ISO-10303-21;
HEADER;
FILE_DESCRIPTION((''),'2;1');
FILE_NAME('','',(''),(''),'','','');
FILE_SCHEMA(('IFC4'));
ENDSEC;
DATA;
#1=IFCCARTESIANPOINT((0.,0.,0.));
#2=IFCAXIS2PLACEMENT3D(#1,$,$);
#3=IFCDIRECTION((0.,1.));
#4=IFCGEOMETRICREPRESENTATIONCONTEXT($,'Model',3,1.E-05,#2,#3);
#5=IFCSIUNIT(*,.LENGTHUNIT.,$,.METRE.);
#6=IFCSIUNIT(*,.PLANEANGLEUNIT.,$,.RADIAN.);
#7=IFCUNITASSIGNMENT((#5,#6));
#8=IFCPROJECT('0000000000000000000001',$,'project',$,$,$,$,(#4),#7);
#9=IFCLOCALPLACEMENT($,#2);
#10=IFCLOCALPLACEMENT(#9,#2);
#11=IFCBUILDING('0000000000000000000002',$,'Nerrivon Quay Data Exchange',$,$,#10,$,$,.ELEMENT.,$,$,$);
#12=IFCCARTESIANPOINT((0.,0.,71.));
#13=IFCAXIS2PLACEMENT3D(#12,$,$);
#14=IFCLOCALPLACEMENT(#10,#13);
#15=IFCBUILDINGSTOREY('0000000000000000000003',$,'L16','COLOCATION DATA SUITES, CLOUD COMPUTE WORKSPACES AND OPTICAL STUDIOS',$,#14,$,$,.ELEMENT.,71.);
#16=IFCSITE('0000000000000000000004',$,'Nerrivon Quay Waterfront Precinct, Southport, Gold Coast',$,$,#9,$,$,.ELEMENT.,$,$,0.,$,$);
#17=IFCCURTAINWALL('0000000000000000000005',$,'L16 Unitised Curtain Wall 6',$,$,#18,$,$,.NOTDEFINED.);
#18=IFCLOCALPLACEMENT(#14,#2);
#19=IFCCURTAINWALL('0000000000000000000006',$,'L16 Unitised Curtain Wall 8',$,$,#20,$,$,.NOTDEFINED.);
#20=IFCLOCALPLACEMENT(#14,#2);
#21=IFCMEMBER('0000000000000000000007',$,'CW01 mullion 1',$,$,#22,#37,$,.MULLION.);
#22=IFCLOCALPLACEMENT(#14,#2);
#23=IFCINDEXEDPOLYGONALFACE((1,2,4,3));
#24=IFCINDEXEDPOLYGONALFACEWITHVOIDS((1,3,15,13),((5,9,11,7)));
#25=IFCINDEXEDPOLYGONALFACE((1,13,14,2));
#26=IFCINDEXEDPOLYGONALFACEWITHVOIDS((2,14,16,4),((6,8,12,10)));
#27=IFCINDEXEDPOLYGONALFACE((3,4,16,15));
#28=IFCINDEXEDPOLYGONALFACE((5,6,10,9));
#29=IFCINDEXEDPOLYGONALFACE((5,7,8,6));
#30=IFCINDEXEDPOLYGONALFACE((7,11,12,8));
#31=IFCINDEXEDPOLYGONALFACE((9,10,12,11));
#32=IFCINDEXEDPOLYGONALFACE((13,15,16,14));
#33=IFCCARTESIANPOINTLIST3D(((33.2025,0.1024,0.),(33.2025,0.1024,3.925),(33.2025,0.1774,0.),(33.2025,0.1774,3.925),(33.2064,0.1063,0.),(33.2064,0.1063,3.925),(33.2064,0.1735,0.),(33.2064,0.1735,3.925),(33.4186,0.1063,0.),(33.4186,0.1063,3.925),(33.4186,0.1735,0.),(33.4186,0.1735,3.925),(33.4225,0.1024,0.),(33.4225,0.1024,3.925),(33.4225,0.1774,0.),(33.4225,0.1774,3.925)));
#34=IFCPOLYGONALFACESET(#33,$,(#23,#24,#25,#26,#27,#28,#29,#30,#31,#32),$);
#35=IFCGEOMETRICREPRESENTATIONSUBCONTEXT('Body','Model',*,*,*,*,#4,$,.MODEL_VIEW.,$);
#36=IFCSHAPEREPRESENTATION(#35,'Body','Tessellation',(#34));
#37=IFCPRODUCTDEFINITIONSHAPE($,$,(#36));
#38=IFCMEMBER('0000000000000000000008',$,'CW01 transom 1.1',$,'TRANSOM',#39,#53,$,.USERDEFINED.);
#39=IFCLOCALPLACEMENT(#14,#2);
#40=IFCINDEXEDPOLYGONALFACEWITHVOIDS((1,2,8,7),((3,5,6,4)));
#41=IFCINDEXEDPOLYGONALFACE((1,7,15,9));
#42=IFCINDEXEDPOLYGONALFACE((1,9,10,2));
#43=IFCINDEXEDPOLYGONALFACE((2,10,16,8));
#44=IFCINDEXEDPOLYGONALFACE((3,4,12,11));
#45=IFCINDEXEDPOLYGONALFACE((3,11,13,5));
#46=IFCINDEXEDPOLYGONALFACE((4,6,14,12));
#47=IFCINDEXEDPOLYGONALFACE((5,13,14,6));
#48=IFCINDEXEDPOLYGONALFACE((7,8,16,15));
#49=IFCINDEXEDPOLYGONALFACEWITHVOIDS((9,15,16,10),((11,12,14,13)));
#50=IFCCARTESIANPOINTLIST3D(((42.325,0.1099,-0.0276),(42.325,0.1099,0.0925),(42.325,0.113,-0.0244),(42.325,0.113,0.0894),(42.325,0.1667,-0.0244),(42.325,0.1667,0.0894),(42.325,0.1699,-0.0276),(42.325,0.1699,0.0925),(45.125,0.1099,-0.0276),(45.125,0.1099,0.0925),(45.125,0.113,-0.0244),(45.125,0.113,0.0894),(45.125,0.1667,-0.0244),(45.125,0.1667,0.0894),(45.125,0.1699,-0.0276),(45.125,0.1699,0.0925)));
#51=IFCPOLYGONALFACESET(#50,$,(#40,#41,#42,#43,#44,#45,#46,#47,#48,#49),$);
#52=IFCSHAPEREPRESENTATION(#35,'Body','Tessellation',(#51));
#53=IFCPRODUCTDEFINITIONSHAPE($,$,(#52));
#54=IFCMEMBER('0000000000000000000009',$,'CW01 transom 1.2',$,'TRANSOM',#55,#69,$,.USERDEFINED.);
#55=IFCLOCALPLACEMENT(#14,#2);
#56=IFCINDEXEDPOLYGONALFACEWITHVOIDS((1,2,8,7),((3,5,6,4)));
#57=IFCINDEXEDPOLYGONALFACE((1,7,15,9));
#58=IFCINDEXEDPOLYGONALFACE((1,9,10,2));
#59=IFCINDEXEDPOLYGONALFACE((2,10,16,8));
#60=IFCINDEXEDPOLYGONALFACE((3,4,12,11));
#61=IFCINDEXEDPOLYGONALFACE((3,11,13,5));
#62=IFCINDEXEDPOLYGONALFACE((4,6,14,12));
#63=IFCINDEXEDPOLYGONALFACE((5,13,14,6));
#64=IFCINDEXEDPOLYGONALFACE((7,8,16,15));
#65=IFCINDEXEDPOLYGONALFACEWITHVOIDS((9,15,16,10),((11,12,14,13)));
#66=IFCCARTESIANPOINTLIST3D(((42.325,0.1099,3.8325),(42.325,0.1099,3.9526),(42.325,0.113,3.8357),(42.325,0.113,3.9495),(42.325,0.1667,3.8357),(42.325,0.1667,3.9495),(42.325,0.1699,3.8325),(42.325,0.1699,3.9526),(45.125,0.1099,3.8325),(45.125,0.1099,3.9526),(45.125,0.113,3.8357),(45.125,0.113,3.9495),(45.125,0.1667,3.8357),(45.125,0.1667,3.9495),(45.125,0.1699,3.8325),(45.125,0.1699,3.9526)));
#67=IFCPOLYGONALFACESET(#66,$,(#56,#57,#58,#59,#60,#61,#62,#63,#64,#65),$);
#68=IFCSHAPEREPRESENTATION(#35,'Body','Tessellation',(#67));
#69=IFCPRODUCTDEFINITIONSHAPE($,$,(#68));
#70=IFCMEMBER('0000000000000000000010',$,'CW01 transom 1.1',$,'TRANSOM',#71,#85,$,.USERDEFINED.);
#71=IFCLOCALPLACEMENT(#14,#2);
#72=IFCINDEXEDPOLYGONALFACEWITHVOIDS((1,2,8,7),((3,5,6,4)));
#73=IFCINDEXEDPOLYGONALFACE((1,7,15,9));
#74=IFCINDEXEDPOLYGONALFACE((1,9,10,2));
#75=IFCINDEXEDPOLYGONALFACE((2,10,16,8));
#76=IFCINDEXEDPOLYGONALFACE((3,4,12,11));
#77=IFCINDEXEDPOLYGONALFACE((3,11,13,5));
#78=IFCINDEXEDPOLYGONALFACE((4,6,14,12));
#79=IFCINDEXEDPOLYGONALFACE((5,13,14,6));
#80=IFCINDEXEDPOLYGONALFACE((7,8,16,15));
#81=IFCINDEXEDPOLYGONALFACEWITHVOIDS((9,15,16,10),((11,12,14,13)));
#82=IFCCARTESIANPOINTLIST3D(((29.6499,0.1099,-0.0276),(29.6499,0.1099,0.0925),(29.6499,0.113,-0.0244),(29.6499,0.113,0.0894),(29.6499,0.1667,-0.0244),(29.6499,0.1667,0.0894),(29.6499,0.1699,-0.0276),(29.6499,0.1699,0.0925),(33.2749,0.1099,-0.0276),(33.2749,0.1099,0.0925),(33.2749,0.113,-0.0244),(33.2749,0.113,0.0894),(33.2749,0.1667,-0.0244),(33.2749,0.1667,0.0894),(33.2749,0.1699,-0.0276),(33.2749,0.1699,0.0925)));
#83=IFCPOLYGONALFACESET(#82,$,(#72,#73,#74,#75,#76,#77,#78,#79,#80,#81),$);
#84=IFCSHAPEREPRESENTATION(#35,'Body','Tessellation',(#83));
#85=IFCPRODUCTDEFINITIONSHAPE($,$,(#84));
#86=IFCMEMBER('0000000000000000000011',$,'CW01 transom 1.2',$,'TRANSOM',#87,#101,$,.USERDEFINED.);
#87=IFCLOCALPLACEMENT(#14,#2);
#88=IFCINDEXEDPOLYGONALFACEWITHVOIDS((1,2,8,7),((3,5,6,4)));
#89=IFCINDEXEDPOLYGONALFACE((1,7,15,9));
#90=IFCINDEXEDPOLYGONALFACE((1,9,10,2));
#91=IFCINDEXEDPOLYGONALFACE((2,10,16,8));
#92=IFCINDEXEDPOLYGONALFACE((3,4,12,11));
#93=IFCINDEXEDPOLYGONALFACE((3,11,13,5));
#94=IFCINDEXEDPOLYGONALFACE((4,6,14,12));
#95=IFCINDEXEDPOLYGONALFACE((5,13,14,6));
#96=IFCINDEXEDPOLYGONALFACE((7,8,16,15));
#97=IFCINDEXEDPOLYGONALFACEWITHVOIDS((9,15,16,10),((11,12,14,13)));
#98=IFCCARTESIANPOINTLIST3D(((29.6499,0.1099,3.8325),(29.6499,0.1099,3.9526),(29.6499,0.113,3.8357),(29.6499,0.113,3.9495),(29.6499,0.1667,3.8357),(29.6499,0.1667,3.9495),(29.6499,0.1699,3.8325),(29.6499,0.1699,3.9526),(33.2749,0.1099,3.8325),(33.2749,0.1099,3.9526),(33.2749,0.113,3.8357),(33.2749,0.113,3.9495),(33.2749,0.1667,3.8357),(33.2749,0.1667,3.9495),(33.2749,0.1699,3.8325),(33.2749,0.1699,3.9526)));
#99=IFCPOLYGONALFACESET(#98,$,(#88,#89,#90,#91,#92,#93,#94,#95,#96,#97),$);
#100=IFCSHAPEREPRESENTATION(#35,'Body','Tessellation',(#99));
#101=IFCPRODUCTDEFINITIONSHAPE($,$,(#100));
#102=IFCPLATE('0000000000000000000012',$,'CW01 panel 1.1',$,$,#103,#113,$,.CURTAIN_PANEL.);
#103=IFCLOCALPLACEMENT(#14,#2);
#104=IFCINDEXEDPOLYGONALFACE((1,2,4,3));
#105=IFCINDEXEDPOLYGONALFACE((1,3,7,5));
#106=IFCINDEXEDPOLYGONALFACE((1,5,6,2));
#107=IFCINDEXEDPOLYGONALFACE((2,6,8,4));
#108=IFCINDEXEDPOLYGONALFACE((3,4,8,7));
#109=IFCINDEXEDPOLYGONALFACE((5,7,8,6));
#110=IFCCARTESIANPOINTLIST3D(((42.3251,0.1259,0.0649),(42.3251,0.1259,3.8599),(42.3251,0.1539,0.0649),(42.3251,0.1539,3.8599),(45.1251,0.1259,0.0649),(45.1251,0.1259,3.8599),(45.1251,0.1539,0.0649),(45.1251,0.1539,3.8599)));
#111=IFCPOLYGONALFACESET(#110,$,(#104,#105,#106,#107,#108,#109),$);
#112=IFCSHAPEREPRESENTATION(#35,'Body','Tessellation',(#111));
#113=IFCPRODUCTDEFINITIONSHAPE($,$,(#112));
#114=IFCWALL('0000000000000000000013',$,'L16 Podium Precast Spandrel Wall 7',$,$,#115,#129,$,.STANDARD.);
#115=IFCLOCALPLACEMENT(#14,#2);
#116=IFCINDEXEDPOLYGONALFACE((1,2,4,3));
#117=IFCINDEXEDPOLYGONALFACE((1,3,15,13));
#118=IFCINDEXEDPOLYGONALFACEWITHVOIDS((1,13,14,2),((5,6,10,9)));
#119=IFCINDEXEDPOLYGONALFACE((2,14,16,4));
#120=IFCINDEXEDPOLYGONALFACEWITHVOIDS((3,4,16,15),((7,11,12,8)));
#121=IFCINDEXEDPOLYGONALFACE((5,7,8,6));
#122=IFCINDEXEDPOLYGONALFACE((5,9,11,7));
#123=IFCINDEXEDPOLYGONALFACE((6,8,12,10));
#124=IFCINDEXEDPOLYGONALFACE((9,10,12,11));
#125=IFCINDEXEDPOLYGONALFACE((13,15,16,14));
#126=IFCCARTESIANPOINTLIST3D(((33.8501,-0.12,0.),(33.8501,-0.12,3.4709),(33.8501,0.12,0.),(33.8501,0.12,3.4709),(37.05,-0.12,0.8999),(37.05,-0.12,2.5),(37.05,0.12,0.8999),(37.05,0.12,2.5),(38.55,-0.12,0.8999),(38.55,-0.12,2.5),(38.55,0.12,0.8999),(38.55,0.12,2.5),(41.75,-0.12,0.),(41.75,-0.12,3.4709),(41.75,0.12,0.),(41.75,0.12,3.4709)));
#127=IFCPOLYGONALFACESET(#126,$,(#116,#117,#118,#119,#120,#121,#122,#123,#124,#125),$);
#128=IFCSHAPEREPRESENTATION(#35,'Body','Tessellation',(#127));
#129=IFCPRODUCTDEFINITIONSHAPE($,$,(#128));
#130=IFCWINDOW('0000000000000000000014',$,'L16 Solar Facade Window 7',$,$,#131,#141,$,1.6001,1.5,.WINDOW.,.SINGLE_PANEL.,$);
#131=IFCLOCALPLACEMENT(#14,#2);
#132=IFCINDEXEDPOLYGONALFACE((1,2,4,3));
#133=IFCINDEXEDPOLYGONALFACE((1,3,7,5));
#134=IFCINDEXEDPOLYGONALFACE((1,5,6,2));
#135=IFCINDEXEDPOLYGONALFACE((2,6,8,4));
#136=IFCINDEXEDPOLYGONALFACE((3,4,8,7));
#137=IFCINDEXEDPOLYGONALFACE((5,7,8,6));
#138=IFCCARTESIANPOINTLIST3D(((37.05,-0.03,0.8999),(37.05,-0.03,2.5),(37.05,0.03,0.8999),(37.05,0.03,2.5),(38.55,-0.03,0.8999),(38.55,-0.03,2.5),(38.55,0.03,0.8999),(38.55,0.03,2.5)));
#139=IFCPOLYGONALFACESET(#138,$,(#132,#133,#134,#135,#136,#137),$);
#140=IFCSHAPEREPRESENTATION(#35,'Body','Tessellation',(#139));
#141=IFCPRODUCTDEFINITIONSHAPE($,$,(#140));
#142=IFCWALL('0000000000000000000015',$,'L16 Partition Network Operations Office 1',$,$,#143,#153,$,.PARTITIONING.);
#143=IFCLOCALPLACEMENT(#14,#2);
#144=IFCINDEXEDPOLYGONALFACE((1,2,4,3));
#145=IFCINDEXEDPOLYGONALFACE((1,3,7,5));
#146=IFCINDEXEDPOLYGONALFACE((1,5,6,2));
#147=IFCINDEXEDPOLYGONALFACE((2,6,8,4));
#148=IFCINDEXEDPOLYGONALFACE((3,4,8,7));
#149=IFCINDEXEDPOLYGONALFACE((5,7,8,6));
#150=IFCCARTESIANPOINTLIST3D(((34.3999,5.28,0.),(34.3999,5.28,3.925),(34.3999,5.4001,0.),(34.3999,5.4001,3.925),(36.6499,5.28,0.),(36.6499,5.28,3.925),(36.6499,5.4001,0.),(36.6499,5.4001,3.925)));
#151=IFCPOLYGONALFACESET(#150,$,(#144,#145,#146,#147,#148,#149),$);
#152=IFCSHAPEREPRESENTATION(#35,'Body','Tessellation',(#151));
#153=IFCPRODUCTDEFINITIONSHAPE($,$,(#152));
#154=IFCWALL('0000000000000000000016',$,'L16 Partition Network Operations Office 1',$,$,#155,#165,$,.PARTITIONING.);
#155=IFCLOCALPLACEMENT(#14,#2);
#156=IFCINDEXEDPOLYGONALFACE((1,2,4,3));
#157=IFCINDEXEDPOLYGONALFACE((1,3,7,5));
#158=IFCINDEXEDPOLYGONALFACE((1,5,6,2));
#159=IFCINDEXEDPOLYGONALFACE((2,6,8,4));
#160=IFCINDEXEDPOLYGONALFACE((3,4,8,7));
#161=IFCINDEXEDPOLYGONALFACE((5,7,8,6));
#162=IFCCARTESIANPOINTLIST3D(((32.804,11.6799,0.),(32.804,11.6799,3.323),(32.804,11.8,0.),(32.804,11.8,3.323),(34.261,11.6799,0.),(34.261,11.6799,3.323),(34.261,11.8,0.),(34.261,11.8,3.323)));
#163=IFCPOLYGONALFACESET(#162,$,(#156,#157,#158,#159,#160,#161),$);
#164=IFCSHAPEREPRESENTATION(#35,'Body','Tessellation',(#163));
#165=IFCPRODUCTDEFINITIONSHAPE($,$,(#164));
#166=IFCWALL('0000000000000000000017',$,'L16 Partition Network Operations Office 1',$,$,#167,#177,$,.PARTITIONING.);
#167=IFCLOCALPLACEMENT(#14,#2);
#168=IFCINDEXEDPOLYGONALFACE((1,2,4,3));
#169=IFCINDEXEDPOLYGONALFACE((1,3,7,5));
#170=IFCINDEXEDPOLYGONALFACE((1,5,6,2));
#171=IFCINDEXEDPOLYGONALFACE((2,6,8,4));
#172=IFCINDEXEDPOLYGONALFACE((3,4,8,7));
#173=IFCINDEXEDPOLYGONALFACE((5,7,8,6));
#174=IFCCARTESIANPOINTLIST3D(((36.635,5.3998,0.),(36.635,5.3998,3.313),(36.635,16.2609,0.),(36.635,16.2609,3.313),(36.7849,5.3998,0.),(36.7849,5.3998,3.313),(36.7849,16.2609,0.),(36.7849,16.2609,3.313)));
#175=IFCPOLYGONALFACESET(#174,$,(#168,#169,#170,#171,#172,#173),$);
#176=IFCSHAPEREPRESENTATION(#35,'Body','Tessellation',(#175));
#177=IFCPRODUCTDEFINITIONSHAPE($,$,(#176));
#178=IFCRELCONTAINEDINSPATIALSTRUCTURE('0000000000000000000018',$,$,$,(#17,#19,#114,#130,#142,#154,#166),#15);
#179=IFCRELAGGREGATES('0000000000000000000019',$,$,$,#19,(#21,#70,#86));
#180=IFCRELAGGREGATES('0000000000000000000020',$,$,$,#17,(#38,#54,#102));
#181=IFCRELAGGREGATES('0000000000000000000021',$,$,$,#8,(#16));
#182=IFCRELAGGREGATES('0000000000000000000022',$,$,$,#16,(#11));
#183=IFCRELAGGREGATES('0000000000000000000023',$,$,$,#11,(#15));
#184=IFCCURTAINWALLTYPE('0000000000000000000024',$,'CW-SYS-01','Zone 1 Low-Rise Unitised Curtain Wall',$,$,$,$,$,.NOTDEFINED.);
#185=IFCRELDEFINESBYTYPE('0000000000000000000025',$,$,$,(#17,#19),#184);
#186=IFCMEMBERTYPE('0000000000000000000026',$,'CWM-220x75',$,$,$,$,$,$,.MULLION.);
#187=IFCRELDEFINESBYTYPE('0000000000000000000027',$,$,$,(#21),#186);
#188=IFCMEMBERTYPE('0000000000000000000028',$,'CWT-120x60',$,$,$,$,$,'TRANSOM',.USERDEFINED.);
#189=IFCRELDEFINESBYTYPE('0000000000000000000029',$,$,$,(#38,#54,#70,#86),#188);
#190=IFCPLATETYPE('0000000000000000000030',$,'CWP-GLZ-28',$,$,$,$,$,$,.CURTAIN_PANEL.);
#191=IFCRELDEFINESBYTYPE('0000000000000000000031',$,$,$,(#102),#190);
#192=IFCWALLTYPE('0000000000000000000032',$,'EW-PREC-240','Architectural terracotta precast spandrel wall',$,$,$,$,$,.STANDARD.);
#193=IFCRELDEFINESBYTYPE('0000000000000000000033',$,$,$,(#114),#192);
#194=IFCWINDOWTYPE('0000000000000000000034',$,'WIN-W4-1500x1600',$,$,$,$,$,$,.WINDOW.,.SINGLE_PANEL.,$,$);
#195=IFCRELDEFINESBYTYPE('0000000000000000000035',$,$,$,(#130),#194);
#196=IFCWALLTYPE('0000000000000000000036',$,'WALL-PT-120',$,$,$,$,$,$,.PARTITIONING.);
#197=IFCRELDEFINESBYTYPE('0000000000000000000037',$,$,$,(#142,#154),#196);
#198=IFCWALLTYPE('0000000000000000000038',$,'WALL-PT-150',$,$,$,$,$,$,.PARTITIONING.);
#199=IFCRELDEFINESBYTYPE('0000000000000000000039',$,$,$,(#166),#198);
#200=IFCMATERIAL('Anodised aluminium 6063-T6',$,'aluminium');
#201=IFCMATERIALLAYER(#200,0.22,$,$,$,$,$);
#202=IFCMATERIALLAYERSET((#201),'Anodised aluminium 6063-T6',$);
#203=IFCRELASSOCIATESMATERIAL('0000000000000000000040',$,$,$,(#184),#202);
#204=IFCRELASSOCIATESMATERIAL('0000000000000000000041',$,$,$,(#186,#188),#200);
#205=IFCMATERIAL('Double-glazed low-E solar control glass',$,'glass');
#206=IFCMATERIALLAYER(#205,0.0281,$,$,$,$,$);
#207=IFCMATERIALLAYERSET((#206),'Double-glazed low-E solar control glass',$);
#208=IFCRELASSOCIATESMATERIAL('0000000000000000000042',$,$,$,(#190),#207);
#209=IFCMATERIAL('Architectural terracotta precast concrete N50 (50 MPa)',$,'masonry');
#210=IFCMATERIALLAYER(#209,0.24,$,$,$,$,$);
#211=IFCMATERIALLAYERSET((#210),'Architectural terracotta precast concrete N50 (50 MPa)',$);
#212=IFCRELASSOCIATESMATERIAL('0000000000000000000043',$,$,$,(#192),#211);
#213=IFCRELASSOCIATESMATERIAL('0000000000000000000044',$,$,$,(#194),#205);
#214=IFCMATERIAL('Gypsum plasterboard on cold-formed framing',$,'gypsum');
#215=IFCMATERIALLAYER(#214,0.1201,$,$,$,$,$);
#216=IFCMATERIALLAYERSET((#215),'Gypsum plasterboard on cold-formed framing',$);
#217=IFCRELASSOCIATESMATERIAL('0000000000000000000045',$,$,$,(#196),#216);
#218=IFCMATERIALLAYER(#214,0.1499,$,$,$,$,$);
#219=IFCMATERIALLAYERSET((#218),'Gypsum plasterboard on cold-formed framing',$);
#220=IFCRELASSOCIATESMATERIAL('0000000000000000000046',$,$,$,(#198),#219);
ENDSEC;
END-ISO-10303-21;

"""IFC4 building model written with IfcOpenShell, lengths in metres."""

from ifc_helpers import new_model, si_unit, direction, frame, frame_2d, origin, origin_2d, place, context, subcontext, project, spatial, rectangle, hollow_rectangle, extrude, material, layer, layer_set, material_profile, profile_set, type_object, element, fill, aggregate, save


model = new_model("IFC4")

# Units and contexts
model_context = context("Model", 3, precision=1e-05, world=origin(), true_north=direction((0.0, 1.0)))
body_context = subcontext(model_context, "Body", "Model", "MODEL_VIEW")
ifc_project = project(units=[si_unit("LENGTHUNIT", "METRE"), si_unit("PLANEANGLEUNIT", "RADIAN")], contexts=[model_context])

# Site, building, storey
site_placement = place(None, origin())
site = spatial("IfcSite", under=ifc_project, at=site_placement, Name="Nerrivon Quay Waterfront Precinct, Southport, Gold Coast", CompositionType="ELEMENT", RefElevation=0.0)
building_placement = place(site_placement, origin())
building = spatial("IfcBuilding", under=site, at=building_placement, Name="Nerrivon Quay Data Exchange", CompositionType="ELEMENT")
storey_placement = place(building_placement, frame((0.0, 0.0, 71.0)))
storey = spatial("IfcBuildingStorey", under=building, at=storey_placement, Name="L16", Description="COLOCATION DATA SUITES, CLOUD COMPUTE WORKSPACES AND OPTICAL STUDIOS", CompositionType="ELEMENT", Elevation=71.0)

# Curtain walls, member
ifc_material_1 = material(Name="Anodised aluminium 6063-T6", Category="aluminium")
ifc_layer_1 = layer(ifc_material_1, 0.22)
ifc_layer_set_1 = layer_set([ifc_layer_1], Name="Anodised aluminium 6063-T6")
curtain_wall_type = type_object("IfcCurtainWallType", Name="CW-SYS-01", Description="Zone 1 Low-Rise Unitised Curtain Wall", PredefinedType="NOTDEFINED", material=ifc_layer_set_1)
ifc_material_profile_1 = material_profile(ifc_material_1, hollow_rectangle(XDim=0.075, YDim=0.22, WallThickness=0.0039, at=origin_2d()), Name="ALU-MULL-220x75")
ifc_profile_set_1 = profile_set([ifc_material_profile_1], Name="Anodised aluminium 6063-T6")
member_type_1 = type_object("IfcMemberType", Name="CWM-220x75", PredefinedType="MULLION", material=ifc_profile_set_1)
curtain_wall_1_placement = place(storey_placement, origin())
curtain_wall_1 = element("IfcCurtainWall", 1, at=curtain_wall_1_placement, inside=storey, type_object=curtain_wall_type, Name="L16 Unitised Curtain Wall 6", PredefinedType="NOTDEFINED")
curtain_wall_2_placement = place(storey_placement, origin())
curtain_wall_2 = element("IfcCurtainWall", 2, at=curtain_wall_2_placement, inside=storey, type_object=curtain_wall_type, Name="L16 Unitised Curtain Wall 8", PredefinedType="NOTDEFINED")
member_1_placement = place(storey_placement, frame((33.3125, 0.1399, 0.0), z_axis=(0.0, 0.0, 1.0), x_axis=(0.0, -1.0, 0.0)))
member_1 = element("IfcMember", 3, at=member_1_placement, type_object=member_type_1, Name="CW01 mullion 1", PredefinedType="MULLION", context=body_context, shape_type="SweptSolid", body=[
    extrude(hollow_rectangle(XDim=0.075, YDim=0.22, WallThickness=0.0039, at=origin_2d()), origin(), (0.0, 0.0, 1.0), 3.925),
])

# Members
ifc_material_profile_2 = material_profile(ifc_material_1, hollow_rectangle(XDim=0.0601, YDim=0.1201, WallThickness=0.0032, at=origin_2d()), Name="ALU-TRAN-120x60")
ifc_profile_set_2 = profile_set([ifc_material_profile_2], Name="Anodised aluminium 6063-T6")
member_type_2 = type_object("IfcMemberType", Name="CWT-120x60", ElementType="TRANSOM", PredefinedType="USERDEFINED", material=ifc_profile_set_2)
member_2_placement = place(storey_placement, frame((45.125, 0.1399, 0.0325), z_axis=(-1.0, 0.0, 0.0), x_axis=(0.0, -1.0, 0.0)))
member_2 = element("IfcMember", 4, at=member_2_placement, type_object=member_type_2, Name="CW01 transom 1.1", ObjectType="TRANSOM", PredefinedType="USERDEFINED", context=body_context, shape_type="SweptSolid", body=[
    extrude(hollow_rectangle(XDim=0.0601, YDim=0.1201, WallThickness=0.0032, at=origin_2d()), origin(), (0.0, 0.0, 1.0), 2.8),
])
member_3_placement = place(storey_placement, frame((45.125, 0.1399, 3.8926), z_axis=(-1.0, 0.0, 0.0), x_axis=(0.0, -1.0, 0.0)))
member_3 = element("IfcMember", 5, at=member_3_placement, type_object=member_type_2, Name="CW01 transom 1.2", ObjectType="TRANSOM", PredefinedType="USERDEFINED", context=body_context, shape_type="SweptSolid", body=[
    extrude(hollow_rectangle(XDim=0.0601, YDim=0.1201, WallThickness=0.0032, at=origin_2d()), origin(), (0.0, 0.0, 1.0), 2.8),
])
member_4_placement = place(storey_placement, frame((33.2749, 0.1399, 0.0325), z_axis=(-1.0, 0.0, 0.0), x_axis=(0.0, -1.0, 0.0)))
member_4 = element("IfcMember", 6, at=member_4_placement, type_object=member_type_2, Name="CW01 transom 1.1", ObjectType="TRANSOM", PredefinedType="USERDEFINED", context=body_context, shape_type="SweptSolid", body=[
    extrude(hollow_rectangle(XDim=0.0601, YDim=0.1201, WallThickness=0.0032, at=origin_2d()), origin(), (0.0, 0.0, 1.0), 3.625),
])
member_5_placement = place(storey_placement, frame((33.2749, 0.1399, 3.8926), z_axis=(-1.0, 0.0, 0.0), x_axis=(0.0, -1.0, 0.0)))
member_5 = element("IfcMember", 7, at=member_5_placement, type_object=member_type_2, Name="CW01 transom 1.2", ObjectType="TRANSOM", PredefinedType="USERDEFINED", context=body_context, shape_type="SweptSolid", body=[
    extrude(hollow_rectangle(XDim=0.0601, YDim=0.1201, WallThickness=0.0032, at=origin_2d()), origin(), (0.0, 0.0, 1.0), 3.625),
])
aggregate(curtain_wall_2, [member_1, member_4, member_5])

# Plate
ifc_material_2 = material(Name="Double-glazed low-E solar control glass", Category="glass")
ifc_layer_2 = layer(ifc_material_2, 0.0281)
ifc_layer_set_2 = layer_set([ifc_layer_2], Name="Double-glazed low-E solar control glass")
plate_type = type_object("IfcPlateType", Name="CWP-GLZ-28", PredefinedType="CURTAIN_PANEL", material=ifc_layer_set_2)
plate_placement = place(storey_placement, frame((43.7251, 0.1399, 0.0649), z_axis=(0.0, 0.0, 1.0), x_axis=(-1.0, 0.0, 0.0)))
plate = element("IfcPlate", 8, at=plate_placement, type_object=plate_type, Name="CW01 panel 1.1", PredefinedType="CURTAIN_PANEL", context=body_context, shape_type="SweptSolid", body=[
    extrude(rectangle(XDim=2.8, YDim=0.0281, at=origin_2d()), origin(), (0.0, 0.0, 1.0), 3.7949),
])
aggregate(curtain_wall_1, [member_2, member_3, plate])

# Wall, opening, window
ifc_material_3 = material(Name="Architectural terracotta precast concrete N50 (50 MPa)", Category="masonry")
ifc_layer_3 = layer(ifc_material_3, 0.24)
ifc_layer_set_3 = layer_set([ifc_layer_3], Name="Architectural terracotta precast concrete N50 (50 MPa)")
wall_type_1 = type_object("IfcWallType", Name="EW-PREC-240", Description="Architectural terracotta precast spandrel wall", PredefinedType="STANDARD", material=ifc_layer_set_3)
wall_1_placement = place(storey_placement, frame((41.75, 0.0, 0.0), z_axis=(0.0, 0.0, 1.0), x_axis=(-1.0, 0.0, 0.0)))
wall_1 = element("IfcWall", 9, at=wall_1_placement, inside=storey, type_object=wall_type_1, Name="L16 Podium Precast Spandrel Wall 7", PredefinedType="STANDARD", context=body_context, shape_type="SweptSolid", body=[
    extrude(rectangle(XDim=7.8999, YDim=0.24, at=frame_2d((3.95, 0.0))), origin(), (0.0, 0.0, 1.0), 3.4709),
])
opening_placement = place(wall_1_placement, frame((3.2, 0.0, 0.8999)))
opening = element("IfcOpeningElement", 10, at=opening_placement, cuts=wall_1, PredefinedType="OPENING", context=body_context, shape_type="SweptSolid", body=[
    extrude(rectangle(XDim=1.5, YDim=1.6001, at=frame_2d((0.75, 0.8))), frame((0.0, 0.1299, 0.0), z_axis=(0.0, -1.0, 0.0), x_axis=(1.0, 0.0, 0.0)), (0.0, 0.0, 1.0), 0.26),
])
window_type = type_object("IfcWindowType", Name="WIN-W4-1500x1600", PartitioningType="SINGLE_PANEL", PredefinedType="WINDOW", material=ifc_material_2)
window_placement = place(opening_placement, origin())
window = element("IfcWindow", 11, at=window_placement, inside=storey, type_object=window_type, Name="L16 Solar Facade Window 7", OverallHeight=1.6001, OverallWidth=1.5, PartitioningType="SINGLE_PANEL", PredefinedType="WINDOW", context=body_context, shape_type="SweptSolid", body=[
    extrude(rectangle(XDim=1.5, YDim=1.6001, at=frame_2d((0.75, 0.8))), frame((0.0, 0.03, 0.0), z_axis=(0.0, -1.0, 0.0), x_axis=(1.0, 0.0, 0.0)), (0.0, 0.0, 1.0), 0.0601),
])
fill(opening, window)

# Walls
ifc_material_4 = material(Name="Gypsum plasterboard on cold-formed framing", Category="gypsum")
ifc_layer_4 = layer(ifc_material_4, 0.1201)
ifc_layer_set_4 = layer_set([ifc_layer_4], Name="Gypsum plasterboard on cold-formed framing")
wall_type_2 = type_object("IfcWallType", Name="WALL-PT-120", PredefinedType="PARTITIONING", material=ifc_layer_set_4)
wall_2_placement = place(storey_placement, frame((36.6499, 5.3401, 0.0), z_axis=(0.0, 0.0, 1.0), x_axis=(-1.0, 0.0, 0.0)))
element("IfcWall", 12, at=wall_2_placement, inside=storey, type_object=wall_type_2, Name="L16 Partition Network Operations Office 1", PredefinedType="PARTITIONING", context=body_context, shape_type="SweptSolid", body=[
    extrude(rectangle(XDim=2.25, YDim=0.1201, at=frame_2d((1.125, 0.0))), origin(), (0.0, 0.0, 1.0), 3.925),
])
wall_3_placement = place(storey_placement, frame((34.261, 11.74, 0.0), z_axis=(0.0, 0.0, 1.0), x_axis=(-1.0, 0.0, 0.0)))
element("IfcWall", 13, at=wall_3_placement, inside=storey, type_object=wall_type_2, Name="L16 Partition Network Operations Office 1", PredefinedType="PARTITIONING", context=body_context, shape_type="SweptSolid", body=[
    extrude(rectangle(XDim=1.457, YDim=0.1201, at=frame_2d((0.7285, 0.0))), origin(), (0.0, 0.0, 1.0), 3.323),
])
ifc_layer_5 = layer(ifc_material_4, 0.1499)
ifc_layer_set_5 = layer_set([ifc_layer_5], Name="Gypsum plasterboard on cold-formed framing")
wall_type_3 = type_object("IfcWallType", Name="WALL-PT-150", PredefinedType="PARTITIONING", material=ifc_layer_set_5)
wall_4_placement = place(storey_placement, frame((36.71, 16.261, 0.0), z_axis=(0.0, 0.0, 1.0), x_axis=(0.0, -1.0, 0.0)))
element("IfcWall", 14, at=wall_4_placement, inside=storey, type_object=wall_type_3, Name="L16 Partition Network Operations Office 1", PredefinedType="PARTITIONING", context=body_context, shape_type="SweptSolid", body=[
    extrude(rectangle(XDim=10.8611, YDim=0.1499, at=frame_2d((5.4307, 0.0))), origin(), (0.0, 0.0, 1.0), 3.313),
])

save(model, "model.ifc")
